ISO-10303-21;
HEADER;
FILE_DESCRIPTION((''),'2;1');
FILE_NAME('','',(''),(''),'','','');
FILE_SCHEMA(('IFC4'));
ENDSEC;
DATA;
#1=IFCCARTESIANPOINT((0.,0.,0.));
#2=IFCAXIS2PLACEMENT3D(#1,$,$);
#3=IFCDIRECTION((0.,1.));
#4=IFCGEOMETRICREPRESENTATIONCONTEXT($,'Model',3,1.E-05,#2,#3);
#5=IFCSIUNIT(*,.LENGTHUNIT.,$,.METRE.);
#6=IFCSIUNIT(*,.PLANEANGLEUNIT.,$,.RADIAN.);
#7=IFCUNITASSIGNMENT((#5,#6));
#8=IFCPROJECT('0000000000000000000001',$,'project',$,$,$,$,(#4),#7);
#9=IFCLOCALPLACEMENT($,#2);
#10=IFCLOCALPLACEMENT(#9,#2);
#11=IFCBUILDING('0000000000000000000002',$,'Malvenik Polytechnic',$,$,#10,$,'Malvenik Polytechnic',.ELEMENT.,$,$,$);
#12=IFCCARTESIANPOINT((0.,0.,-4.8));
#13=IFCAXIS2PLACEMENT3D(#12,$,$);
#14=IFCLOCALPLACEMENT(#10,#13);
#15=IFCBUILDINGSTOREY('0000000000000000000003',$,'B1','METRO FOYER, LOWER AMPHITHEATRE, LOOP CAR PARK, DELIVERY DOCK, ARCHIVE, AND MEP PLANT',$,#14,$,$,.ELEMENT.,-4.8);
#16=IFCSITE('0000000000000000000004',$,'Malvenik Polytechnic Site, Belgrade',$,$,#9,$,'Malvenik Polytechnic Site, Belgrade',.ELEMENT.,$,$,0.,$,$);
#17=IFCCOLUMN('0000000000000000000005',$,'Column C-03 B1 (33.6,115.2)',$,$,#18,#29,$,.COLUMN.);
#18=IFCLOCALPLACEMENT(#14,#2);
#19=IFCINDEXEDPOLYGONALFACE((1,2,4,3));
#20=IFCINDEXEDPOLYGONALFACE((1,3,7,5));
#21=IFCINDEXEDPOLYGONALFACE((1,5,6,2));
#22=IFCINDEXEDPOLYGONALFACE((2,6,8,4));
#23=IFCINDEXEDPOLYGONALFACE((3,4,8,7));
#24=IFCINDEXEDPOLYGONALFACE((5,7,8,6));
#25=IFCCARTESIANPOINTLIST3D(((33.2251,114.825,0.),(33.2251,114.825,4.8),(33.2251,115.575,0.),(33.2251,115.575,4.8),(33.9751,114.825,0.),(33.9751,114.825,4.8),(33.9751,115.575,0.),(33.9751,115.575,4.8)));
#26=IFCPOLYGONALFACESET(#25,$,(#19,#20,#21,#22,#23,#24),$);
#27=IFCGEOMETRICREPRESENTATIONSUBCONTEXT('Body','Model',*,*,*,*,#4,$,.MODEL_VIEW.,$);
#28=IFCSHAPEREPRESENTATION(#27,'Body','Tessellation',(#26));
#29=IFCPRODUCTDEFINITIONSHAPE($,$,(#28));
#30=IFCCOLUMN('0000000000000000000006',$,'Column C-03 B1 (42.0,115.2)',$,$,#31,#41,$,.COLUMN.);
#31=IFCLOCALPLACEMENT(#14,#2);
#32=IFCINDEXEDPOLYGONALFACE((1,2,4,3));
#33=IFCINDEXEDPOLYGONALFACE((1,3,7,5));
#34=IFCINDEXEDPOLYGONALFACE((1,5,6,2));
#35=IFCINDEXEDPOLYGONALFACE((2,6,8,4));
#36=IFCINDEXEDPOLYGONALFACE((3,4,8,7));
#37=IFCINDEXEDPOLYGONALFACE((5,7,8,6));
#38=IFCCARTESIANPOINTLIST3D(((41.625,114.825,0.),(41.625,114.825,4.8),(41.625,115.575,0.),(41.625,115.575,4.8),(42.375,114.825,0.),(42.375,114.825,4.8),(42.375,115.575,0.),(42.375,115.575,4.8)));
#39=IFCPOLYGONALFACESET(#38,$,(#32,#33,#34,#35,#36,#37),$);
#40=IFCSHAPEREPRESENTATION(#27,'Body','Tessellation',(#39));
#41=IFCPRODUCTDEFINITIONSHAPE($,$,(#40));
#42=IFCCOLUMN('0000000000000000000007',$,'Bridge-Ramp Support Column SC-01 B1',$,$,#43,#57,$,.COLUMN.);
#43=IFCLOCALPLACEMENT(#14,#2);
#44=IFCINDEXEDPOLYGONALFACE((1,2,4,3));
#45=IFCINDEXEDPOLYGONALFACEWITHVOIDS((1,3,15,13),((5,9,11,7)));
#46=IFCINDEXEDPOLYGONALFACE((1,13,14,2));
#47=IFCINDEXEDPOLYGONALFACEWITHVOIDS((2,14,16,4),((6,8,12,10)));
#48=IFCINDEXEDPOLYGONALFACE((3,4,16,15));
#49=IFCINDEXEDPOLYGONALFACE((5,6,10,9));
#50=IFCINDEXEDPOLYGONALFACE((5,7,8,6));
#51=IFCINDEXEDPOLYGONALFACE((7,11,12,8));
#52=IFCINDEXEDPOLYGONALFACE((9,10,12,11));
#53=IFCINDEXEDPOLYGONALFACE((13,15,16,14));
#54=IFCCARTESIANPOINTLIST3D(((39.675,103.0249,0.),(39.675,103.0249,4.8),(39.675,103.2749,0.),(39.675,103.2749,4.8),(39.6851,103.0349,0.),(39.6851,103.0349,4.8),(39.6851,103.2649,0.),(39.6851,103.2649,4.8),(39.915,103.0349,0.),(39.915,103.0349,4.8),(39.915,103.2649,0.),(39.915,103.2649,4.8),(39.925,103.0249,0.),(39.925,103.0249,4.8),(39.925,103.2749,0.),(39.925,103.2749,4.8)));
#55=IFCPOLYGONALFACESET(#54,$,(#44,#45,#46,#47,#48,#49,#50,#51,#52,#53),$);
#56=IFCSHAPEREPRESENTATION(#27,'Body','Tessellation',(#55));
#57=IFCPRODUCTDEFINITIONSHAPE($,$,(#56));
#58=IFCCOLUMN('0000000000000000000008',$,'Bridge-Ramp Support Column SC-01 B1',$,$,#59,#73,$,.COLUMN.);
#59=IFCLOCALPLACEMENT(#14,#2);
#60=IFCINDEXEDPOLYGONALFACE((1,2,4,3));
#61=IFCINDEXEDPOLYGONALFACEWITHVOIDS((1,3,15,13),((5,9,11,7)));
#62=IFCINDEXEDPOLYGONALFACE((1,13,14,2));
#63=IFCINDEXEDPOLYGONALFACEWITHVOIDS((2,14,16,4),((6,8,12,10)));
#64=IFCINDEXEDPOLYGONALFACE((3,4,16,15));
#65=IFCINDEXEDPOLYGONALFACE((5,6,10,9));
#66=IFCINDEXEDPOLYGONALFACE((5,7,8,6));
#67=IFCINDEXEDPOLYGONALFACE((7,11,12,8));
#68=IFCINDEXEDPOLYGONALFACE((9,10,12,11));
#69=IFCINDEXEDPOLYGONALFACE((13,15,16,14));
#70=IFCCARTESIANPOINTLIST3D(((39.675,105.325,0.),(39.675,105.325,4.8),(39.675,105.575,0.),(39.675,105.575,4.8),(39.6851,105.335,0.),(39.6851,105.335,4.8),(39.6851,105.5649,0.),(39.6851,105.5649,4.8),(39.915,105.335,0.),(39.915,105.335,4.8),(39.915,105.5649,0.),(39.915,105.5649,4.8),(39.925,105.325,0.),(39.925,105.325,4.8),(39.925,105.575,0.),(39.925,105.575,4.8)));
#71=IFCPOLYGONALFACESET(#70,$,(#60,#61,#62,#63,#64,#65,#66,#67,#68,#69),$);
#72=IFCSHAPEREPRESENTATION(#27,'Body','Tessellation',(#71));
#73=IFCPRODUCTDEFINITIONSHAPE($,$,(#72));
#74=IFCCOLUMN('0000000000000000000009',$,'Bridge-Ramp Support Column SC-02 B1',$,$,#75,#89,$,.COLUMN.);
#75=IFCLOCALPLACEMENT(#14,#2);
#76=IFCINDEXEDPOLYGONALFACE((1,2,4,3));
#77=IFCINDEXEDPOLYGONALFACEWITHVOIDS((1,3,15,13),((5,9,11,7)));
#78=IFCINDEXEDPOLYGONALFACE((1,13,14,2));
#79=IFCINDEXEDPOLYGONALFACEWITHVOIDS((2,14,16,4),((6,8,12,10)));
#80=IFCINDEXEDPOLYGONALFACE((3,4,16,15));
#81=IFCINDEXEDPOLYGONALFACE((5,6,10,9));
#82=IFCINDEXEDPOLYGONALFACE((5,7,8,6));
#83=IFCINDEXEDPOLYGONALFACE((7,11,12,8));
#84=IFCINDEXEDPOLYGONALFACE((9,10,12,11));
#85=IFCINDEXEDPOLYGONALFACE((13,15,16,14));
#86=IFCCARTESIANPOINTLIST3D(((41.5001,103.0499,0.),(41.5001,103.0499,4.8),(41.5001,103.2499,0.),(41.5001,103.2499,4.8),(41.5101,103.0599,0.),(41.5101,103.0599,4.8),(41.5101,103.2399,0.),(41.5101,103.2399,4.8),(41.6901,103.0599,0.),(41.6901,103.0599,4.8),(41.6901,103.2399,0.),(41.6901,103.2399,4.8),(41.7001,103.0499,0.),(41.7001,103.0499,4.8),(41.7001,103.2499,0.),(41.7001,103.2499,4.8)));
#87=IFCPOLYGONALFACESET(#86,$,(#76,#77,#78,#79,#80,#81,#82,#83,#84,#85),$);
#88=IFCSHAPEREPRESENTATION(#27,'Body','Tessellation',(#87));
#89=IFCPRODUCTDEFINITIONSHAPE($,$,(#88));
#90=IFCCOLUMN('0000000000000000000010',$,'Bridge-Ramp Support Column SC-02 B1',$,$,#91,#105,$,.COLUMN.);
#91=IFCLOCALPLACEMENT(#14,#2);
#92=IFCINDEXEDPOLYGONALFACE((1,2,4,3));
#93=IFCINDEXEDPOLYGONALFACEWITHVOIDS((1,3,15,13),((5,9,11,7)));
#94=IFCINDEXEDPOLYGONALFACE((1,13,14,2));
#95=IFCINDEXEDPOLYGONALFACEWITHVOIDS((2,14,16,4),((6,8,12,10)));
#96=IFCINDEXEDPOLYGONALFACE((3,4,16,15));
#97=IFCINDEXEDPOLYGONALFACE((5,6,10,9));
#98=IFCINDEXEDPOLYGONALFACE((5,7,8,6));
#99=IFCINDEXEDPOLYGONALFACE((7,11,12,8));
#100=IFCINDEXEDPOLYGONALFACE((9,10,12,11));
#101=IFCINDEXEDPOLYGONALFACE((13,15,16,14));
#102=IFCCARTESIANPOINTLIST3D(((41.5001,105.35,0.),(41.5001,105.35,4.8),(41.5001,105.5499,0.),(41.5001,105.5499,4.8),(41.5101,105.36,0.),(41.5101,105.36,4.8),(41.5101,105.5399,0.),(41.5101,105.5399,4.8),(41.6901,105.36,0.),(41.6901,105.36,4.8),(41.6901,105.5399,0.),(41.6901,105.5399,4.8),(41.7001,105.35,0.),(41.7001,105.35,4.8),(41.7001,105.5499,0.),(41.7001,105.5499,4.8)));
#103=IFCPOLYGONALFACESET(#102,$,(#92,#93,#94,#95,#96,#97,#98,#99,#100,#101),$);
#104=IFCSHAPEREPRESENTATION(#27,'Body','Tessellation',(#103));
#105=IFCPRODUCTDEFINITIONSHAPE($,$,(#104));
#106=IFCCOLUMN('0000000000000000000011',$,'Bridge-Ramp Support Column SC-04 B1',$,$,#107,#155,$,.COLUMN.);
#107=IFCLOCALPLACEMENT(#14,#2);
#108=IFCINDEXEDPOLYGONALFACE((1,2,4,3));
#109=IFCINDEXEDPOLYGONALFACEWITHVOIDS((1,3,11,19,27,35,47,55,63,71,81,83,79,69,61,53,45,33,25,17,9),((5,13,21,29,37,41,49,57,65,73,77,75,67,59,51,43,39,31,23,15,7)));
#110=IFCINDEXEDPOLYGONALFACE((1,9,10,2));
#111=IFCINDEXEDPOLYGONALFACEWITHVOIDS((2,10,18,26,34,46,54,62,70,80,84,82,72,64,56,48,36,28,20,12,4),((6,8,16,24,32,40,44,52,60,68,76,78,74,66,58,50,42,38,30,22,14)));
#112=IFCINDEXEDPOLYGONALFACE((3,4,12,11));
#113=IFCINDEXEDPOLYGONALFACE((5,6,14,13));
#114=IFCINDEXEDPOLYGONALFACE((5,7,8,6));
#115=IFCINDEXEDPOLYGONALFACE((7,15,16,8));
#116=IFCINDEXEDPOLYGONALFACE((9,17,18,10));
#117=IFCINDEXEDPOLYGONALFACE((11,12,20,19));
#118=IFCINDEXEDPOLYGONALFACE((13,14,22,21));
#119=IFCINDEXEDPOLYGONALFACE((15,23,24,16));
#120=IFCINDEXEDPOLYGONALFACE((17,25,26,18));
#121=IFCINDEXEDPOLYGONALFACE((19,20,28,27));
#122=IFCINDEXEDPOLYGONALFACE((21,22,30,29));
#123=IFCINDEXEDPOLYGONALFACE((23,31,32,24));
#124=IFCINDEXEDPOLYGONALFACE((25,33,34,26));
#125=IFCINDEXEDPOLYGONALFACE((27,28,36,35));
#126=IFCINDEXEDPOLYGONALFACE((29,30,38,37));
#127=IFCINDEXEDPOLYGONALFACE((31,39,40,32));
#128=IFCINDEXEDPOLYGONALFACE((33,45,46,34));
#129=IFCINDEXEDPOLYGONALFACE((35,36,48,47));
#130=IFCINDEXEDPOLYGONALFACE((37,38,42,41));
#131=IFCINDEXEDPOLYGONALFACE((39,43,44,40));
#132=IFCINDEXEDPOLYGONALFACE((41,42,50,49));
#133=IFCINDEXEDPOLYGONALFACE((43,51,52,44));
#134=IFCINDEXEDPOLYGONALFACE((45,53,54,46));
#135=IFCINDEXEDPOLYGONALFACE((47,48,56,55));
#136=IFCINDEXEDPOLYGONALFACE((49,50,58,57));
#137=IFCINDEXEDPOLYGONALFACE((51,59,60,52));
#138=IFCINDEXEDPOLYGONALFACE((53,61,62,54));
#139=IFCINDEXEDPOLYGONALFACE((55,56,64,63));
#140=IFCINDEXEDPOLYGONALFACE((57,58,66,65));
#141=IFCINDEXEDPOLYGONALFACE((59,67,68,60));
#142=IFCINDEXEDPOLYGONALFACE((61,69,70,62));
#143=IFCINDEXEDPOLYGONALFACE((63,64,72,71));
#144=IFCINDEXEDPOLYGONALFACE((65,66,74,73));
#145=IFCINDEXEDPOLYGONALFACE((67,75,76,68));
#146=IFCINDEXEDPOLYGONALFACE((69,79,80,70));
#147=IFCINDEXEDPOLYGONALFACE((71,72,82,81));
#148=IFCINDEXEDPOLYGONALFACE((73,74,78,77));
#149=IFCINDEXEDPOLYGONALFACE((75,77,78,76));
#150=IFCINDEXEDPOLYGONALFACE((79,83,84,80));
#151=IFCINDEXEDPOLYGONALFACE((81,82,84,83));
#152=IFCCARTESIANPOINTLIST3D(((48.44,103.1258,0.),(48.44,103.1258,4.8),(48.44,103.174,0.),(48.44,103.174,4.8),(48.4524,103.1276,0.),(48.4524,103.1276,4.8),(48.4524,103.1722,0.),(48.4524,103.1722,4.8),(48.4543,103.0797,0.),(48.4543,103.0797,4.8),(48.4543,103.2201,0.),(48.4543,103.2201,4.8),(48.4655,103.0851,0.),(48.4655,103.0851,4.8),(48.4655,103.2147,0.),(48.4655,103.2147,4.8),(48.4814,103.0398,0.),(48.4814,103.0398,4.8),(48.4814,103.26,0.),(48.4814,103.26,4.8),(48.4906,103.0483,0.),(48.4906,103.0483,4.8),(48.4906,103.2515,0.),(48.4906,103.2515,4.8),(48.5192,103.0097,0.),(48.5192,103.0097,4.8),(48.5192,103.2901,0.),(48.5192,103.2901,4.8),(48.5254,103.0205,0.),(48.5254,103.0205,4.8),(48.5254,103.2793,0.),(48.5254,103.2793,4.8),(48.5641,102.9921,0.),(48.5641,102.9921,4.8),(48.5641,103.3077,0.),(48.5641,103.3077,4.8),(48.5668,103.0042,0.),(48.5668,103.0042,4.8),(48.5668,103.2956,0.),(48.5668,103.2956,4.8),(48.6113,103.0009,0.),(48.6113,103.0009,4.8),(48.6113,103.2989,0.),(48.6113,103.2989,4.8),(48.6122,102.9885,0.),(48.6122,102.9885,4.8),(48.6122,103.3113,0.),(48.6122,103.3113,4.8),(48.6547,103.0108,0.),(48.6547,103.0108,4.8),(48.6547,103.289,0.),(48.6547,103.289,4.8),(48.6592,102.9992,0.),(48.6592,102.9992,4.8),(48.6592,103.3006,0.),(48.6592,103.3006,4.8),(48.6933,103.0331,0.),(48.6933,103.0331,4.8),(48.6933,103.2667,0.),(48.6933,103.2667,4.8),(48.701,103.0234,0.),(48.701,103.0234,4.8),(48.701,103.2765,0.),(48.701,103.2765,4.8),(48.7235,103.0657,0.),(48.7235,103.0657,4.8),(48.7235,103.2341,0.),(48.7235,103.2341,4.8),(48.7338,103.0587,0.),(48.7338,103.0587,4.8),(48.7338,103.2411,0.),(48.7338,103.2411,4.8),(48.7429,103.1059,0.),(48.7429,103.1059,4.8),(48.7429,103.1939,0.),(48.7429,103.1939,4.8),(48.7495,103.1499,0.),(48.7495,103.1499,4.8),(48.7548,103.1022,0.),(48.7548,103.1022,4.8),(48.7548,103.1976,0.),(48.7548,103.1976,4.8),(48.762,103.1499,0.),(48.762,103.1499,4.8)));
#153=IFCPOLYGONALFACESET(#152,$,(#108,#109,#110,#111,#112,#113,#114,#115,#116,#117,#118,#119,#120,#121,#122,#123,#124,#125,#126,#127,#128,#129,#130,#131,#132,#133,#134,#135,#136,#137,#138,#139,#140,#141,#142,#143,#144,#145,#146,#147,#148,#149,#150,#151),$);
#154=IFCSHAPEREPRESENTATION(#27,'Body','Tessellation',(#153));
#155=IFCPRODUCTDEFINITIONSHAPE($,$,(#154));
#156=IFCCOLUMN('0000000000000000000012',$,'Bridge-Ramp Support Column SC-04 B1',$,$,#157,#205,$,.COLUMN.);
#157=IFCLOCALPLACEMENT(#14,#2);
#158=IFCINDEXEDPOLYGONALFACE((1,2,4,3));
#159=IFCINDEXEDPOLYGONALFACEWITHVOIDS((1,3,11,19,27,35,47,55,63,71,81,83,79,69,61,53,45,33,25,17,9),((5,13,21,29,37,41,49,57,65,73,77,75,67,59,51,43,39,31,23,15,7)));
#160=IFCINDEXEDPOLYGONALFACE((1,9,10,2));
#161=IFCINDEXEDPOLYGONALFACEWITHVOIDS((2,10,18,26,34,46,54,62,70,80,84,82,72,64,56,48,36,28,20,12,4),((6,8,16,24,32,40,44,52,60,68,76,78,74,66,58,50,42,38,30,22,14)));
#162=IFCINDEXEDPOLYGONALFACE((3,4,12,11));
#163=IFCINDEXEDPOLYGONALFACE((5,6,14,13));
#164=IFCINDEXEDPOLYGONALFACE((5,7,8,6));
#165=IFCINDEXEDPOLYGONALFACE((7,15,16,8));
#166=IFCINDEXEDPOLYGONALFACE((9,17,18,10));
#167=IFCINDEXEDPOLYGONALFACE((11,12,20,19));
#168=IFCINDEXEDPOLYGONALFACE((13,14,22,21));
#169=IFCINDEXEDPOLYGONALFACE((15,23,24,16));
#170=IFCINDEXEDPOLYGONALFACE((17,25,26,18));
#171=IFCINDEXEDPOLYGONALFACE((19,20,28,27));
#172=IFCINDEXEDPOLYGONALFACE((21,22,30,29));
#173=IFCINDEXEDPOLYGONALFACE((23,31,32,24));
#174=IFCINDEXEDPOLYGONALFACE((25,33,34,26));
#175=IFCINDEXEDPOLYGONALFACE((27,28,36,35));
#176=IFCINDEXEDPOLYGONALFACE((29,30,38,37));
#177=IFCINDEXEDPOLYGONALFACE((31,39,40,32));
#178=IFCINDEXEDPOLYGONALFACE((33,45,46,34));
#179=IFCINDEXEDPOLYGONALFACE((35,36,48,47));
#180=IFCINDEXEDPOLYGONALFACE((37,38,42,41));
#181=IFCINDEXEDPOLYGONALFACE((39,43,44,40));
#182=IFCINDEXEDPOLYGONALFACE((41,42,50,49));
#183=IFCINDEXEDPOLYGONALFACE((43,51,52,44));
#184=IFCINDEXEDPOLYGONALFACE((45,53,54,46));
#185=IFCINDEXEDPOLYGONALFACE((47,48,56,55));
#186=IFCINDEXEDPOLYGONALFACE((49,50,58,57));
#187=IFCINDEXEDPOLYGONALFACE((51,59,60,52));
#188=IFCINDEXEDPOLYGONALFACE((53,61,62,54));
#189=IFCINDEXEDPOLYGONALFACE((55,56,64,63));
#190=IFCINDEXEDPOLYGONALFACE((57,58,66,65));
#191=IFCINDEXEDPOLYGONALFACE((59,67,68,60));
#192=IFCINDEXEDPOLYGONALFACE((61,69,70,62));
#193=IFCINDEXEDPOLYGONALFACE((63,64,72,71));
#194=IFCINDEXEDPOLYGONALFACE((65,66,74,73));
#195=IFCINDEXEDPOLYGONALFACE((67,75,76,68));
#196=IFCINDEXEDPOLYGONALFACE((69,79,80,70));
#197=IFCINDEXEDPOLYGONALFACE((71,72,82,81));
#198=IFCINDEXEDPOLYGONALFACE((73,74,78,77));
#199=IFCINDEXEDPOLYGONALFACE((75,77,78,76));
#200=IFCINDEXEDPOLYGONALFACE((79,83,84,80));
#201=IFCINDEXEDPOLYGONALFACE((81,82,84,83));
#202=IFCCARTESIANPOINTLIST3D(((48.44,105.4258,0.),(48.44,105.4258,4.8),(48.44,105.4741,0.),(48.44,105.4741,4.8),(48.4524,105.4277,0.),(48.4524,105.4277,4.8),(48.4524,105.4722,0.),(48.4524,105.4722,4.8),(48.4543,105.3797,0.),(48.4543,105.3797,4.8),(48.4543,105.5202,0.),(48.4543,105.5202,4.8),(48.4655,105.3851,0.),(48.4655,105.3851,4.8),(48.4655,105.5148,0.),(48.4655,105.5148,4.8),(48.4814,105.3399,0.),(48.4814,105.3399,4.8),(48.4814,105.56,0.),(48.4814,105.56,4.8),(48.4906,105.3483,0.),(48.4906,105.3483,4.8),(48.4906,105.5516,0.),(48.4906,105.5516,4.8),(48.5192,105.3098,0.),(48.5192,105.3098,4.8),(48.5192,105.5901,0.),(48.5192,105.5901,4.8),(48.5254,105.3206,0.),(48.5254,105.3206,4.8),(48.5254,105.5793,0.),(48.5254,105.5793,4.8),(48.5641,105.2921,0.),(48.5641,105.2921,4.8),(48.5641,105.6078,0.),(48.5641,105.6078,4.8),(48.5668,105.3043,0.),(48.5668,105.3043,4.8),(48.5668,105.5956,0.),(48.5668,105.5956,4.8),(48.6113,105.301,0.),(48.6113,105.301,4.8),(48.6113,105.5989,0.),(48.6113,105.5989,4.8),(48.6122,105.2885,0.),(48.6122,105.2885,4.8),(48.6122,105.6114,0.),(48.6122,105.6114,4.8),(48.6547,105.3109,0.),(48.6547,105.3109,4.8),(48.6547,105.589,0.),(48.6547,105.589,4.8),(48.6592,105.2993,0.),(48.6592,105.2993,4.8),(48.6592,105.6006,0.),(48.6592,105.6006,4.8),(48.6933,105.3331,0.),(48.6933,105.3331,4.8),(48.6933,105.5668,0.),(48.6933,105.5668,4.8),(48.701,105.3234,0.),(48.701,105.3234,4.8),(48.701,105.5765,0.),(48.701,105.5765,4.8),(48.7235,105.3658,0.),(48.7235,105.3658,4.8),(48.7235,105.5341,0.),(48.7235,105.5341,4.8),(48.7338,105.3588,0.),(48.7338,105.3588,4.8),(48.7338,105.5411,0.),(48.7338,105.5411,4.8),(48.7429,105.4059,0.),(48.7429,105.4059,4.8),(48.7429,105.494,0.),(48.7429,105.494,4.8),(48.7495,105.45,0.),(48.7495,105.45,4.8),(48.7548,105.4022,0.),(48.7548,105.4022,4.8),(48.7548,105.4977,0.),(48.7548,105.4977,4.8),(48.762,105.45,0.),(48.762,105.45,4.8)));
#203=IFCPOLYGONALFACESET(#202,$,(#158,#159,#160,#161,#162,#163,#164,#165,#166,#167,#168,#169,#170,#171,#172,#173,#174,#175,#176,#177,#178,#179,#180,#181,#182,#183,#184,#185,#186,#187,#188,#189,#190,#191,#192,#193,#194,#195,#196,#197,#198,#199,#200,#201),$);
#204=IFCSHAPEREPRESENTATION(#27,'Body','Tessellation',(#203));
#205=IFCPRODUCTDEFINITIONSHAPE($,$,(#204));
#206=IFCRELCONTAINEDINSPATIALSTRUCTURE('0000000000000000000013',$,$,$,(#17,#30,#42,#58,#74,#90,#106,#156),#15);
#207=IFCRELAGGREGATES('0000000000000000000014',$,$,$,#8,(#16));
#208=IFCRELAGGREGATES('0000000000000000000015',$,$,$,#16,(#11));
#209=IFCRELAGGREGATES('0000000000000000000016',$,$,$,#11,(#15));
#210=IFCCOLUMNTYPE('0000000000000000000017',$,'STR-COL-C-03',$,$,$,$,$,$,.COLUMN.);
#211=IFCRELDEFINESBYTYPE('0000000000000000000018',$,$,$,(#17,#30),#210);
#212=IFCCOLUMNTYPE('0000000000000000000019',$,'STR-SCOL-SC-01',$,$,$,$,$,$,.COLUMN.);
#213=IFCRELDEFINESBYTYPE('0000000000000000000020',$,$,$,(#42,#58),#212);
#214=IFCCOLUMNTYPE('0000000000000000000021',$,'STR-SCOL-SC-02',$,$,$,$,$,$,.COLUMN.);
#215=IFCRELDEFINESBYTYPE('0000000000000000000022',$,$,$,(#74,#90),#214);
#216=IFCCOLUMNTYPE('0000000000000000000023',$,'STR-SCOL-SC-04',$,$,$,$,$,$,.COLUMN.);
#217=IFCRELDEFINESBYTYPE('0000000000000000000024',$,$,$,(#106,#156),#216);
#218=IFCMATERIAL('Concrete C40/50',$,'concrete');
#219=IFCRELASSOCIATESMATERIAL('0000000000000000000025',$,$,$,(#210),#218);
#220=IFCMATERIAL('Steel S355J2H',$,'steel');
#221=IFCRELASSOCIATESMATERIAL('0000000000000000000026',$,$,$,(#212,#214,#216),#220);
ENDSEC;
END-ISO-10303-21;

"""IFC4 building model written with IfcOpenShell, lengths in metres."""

from ifc_helpers import new_model, si_unit, direction, frame, origin, origin_2d, place, context, subcontext, project, spatial, rectangle, hollow_rectangle, hollow_circle, extrude, material, material_profile, profile_set, type_object, element, save


model = new_model("IFC4")

# Units and contexts
model_context = context("Model", 3, precision=1e-05, world=origin(), true_north=direction((0.0, 1.0)))
body_context = subcontext(model_context, "Body", "Model", "MODEL_VIEW")
ifc_project = project(units=[si_unit("LENGTHUNIT", "METRE"), si_unit("PLANEANGLEUNIT", "RADIAN")], contexts=[model_context])

# Site, building, storey
site_placement = place(None, origin())
site = spatial("IfcSite", under=ifc_project, at=site_placement, Name="Malvenik Polytechnic Site, Belgrade", LongName="Malvenik Polytechnic Site, Belgrade", CompositionType="ELEMENT", RefElevation=0.0)
building_placement = place(site_placement, origin())
building = spatial("IfcBuilding", under=site, at=building_placement, Name="Malvenik Polytechnic", LongName="Malvenik Polytechnic", CompositionType="ELEMENT")
storey_placement = place(building_placement, frame((0.0, 0.0, -4.8)))
storey = spatial("IfcBuildingStorey", under=building, at=storey_placement, Name="B1", Description="METRO FOYER, LOWER AMPHITHEATRE, LOOP CAR PARK, DELIVERY DOCK, ARCHIVE, AND MEP PLANT", CompositionType="ELEMENT", Elevation=-4.8)

# Columns
ifc_material_1 = material(Name="Concrete C40/50", Category="concrete")
ifc_material_profile_1 = material_profile(ifc_material_1, rectangle(XDim=0.75, YDim=0.75, at=origin_2d()), Name="RC COL 750x750")
ifc_profile_set_1 = profile_set([ifc_material_profile_1], Name="Concrete C40/50")
column_type_1 = type_object("IfcColumnType", Name="STR-COL-C-03", PredefinedType="COLUMN", material=ifc_profile_set_1)
for number, where, z_axis, x_axis, name in (
    (1, (33.6001, 115.2, 0.0), (0.0, 0.0, 1.0), (1.0, 0.0, 0.0), "Column C-03 B1 (33.6,115.2)"),
    (2, (42.0, 115.2, 0.0), (0.0, 0.0, 1.0), (1.0, 0.0, 0.0), "Column C-03 B1 (42.0,115.2)"),
):
    element("IfcColumn", number, at=place(storey_placement, frame(where, z_axis=z_axis, x_axis=x_axis)), inside=storey, type_object=column_type_1, Name=name, PredefinedType="COLUMN", context=body_context, shape_type="SweptSolid", body=[
        extrude(rectangle(XDim=0.75, YDim=0.75, at=origin_2d()), origin(), (0.0, 0.0, 1.0), 4.8),
    ])
ifc_material_2 = material(Name="Steel S355J2H", Category="steel")
ifc_material_profile_2 = material_profile(ifc_material_2, hollow_rectangle(XDim=0.25, YDim=0.25, WallThickness=0.01, at=origin_2d()), Name="SHS 250x250x10.0")
ifc_profile_set_2 = profile_set([ifc_material_profile_2], Name="Steel S355J2H")
column_type_2 = type_object("IfcColumnType", Name="STR-SCOL-SC-01", PredefinedType="COLUMN", material=ifc_profile_set_2)
for number, where, z_axis, x_axis, name in (
    (3, (39.8, 103.1499, 0.0), (0.0, 0.0, 1.0), (1.0, 0.0, 0.0), "Bridge-Ramp Support Column SC-01 B1"),
    (4, (39.8, 105.45, 0.0), (0.0, 0.0, 1.0), (1.0, 0.0, 0.0), "Bridge-Ramp Support Column SC-01 B1"),
):
    element("IfcColumn", number, at=place(storey_placement, frame(where, z_axis=z_axis, x_axis=x_axis)), inside=storey, type_object=column_type_2, Name=name, PredefinedType="COLUMN", context=body_context, shape_type="SweptSolid", body=[
        extrude(hollow_rectangle(XDim=0.25, YDim=0.25, WallThickness=0.01, at=origin_2d()), origin(), (0.0, 0.0, 1.0), 4.8),
    ])
ifc_material_profile_3 = material_profile(ifc_material_2, hollow_rectangle(XDim=0.2, YDim=0.2, WallThickness=0.01, at=origin_2d()), Name="SHS 200x200x10.0")
ifc_profile_set_3 = profile_set([ifc_material_profile_3], Name="Steel S355J2H")
column_type_3 = type_object("IfcColumnType", Name="STR-SCOL-SC-02", PredefinedType="COLUMN", material=ifc_profile_set_3)
for number, where, z_axis, x_axis, name in (
    (5, (41.6001, 103.1499, 0.0), (0.0, 0.0, 1.0), (1.0, 0.0, 0.0), "Bridge-Ramp Support Column SC-02 B1"),
    (6, (41.6001, 105.45, 0.0), (0.0, 0.0, 1.0), (1.0, 0.0, 0.0), "Bridge-Ramp Support Column SC-02 B1"),
):
    element("IfcColumn", number, at=place(storey_placement, frame(where, z_axis=z_axis, x_axis=x_axis)), inside=storey, type_object=column_type_3, Name=name, PredefinedType="COLUMN", context=body_context, shape_type="SweptSolid", body=[
        extrude(hollow_rectangle(XDim=0.2, YDim=0.2, WallThickness=0.01, at=origin_2d()), origin(), (0.0, 0.0, 1.0), 4.8),
    ])
ifc_material_profile_4 = material_profile(ifc_material_2, hollow_circle(Radius=0.1619, WallThickness=0.0125, at=origin_2d()), Name="CHS 323.9x12.5")
ifc_profile_set_4 = profile_set([ifc_material_profile_4], Name="Steel S355J2H")
column_type_4 = type_object("IfcColumnType", Name="STR-SCOL-SC-04", PredefinedType="COLUMN", material=ifc_profile_set_4)
for number, where, z_axis, x_axis, name in (
    (7, (48.6001, 103.1499, 0.0), (0.0, 0.0, 1.0), (1.0, 0.0, 0.0), "Bridge-Ramp Support Column SC-04 B1"),
    (8, (48.6001, 105.45, 0.0), (0.0, 0.0, 1.0), (1.0, 0.0, 0.0), "Bridge-Ramp Support Column SC-04 B1"),
):
    element("IfcColumn", number, at=place(storey_placement, frame(where, z_axis=z_axis, x_axis=x_axis)), inside=storey, type_object=column_type_4, Name=name, PredefinedType="COLUMN", context=body_context, shape_type="SweptSolid", body=[
        extrude(hollow_circle(Radius=0.1619, WallThickness=0.0125, at=origin_2d()), origin(), (0.0, 0.0, 1.0), 4.8),
    ])

save(model, "model.ifc")
